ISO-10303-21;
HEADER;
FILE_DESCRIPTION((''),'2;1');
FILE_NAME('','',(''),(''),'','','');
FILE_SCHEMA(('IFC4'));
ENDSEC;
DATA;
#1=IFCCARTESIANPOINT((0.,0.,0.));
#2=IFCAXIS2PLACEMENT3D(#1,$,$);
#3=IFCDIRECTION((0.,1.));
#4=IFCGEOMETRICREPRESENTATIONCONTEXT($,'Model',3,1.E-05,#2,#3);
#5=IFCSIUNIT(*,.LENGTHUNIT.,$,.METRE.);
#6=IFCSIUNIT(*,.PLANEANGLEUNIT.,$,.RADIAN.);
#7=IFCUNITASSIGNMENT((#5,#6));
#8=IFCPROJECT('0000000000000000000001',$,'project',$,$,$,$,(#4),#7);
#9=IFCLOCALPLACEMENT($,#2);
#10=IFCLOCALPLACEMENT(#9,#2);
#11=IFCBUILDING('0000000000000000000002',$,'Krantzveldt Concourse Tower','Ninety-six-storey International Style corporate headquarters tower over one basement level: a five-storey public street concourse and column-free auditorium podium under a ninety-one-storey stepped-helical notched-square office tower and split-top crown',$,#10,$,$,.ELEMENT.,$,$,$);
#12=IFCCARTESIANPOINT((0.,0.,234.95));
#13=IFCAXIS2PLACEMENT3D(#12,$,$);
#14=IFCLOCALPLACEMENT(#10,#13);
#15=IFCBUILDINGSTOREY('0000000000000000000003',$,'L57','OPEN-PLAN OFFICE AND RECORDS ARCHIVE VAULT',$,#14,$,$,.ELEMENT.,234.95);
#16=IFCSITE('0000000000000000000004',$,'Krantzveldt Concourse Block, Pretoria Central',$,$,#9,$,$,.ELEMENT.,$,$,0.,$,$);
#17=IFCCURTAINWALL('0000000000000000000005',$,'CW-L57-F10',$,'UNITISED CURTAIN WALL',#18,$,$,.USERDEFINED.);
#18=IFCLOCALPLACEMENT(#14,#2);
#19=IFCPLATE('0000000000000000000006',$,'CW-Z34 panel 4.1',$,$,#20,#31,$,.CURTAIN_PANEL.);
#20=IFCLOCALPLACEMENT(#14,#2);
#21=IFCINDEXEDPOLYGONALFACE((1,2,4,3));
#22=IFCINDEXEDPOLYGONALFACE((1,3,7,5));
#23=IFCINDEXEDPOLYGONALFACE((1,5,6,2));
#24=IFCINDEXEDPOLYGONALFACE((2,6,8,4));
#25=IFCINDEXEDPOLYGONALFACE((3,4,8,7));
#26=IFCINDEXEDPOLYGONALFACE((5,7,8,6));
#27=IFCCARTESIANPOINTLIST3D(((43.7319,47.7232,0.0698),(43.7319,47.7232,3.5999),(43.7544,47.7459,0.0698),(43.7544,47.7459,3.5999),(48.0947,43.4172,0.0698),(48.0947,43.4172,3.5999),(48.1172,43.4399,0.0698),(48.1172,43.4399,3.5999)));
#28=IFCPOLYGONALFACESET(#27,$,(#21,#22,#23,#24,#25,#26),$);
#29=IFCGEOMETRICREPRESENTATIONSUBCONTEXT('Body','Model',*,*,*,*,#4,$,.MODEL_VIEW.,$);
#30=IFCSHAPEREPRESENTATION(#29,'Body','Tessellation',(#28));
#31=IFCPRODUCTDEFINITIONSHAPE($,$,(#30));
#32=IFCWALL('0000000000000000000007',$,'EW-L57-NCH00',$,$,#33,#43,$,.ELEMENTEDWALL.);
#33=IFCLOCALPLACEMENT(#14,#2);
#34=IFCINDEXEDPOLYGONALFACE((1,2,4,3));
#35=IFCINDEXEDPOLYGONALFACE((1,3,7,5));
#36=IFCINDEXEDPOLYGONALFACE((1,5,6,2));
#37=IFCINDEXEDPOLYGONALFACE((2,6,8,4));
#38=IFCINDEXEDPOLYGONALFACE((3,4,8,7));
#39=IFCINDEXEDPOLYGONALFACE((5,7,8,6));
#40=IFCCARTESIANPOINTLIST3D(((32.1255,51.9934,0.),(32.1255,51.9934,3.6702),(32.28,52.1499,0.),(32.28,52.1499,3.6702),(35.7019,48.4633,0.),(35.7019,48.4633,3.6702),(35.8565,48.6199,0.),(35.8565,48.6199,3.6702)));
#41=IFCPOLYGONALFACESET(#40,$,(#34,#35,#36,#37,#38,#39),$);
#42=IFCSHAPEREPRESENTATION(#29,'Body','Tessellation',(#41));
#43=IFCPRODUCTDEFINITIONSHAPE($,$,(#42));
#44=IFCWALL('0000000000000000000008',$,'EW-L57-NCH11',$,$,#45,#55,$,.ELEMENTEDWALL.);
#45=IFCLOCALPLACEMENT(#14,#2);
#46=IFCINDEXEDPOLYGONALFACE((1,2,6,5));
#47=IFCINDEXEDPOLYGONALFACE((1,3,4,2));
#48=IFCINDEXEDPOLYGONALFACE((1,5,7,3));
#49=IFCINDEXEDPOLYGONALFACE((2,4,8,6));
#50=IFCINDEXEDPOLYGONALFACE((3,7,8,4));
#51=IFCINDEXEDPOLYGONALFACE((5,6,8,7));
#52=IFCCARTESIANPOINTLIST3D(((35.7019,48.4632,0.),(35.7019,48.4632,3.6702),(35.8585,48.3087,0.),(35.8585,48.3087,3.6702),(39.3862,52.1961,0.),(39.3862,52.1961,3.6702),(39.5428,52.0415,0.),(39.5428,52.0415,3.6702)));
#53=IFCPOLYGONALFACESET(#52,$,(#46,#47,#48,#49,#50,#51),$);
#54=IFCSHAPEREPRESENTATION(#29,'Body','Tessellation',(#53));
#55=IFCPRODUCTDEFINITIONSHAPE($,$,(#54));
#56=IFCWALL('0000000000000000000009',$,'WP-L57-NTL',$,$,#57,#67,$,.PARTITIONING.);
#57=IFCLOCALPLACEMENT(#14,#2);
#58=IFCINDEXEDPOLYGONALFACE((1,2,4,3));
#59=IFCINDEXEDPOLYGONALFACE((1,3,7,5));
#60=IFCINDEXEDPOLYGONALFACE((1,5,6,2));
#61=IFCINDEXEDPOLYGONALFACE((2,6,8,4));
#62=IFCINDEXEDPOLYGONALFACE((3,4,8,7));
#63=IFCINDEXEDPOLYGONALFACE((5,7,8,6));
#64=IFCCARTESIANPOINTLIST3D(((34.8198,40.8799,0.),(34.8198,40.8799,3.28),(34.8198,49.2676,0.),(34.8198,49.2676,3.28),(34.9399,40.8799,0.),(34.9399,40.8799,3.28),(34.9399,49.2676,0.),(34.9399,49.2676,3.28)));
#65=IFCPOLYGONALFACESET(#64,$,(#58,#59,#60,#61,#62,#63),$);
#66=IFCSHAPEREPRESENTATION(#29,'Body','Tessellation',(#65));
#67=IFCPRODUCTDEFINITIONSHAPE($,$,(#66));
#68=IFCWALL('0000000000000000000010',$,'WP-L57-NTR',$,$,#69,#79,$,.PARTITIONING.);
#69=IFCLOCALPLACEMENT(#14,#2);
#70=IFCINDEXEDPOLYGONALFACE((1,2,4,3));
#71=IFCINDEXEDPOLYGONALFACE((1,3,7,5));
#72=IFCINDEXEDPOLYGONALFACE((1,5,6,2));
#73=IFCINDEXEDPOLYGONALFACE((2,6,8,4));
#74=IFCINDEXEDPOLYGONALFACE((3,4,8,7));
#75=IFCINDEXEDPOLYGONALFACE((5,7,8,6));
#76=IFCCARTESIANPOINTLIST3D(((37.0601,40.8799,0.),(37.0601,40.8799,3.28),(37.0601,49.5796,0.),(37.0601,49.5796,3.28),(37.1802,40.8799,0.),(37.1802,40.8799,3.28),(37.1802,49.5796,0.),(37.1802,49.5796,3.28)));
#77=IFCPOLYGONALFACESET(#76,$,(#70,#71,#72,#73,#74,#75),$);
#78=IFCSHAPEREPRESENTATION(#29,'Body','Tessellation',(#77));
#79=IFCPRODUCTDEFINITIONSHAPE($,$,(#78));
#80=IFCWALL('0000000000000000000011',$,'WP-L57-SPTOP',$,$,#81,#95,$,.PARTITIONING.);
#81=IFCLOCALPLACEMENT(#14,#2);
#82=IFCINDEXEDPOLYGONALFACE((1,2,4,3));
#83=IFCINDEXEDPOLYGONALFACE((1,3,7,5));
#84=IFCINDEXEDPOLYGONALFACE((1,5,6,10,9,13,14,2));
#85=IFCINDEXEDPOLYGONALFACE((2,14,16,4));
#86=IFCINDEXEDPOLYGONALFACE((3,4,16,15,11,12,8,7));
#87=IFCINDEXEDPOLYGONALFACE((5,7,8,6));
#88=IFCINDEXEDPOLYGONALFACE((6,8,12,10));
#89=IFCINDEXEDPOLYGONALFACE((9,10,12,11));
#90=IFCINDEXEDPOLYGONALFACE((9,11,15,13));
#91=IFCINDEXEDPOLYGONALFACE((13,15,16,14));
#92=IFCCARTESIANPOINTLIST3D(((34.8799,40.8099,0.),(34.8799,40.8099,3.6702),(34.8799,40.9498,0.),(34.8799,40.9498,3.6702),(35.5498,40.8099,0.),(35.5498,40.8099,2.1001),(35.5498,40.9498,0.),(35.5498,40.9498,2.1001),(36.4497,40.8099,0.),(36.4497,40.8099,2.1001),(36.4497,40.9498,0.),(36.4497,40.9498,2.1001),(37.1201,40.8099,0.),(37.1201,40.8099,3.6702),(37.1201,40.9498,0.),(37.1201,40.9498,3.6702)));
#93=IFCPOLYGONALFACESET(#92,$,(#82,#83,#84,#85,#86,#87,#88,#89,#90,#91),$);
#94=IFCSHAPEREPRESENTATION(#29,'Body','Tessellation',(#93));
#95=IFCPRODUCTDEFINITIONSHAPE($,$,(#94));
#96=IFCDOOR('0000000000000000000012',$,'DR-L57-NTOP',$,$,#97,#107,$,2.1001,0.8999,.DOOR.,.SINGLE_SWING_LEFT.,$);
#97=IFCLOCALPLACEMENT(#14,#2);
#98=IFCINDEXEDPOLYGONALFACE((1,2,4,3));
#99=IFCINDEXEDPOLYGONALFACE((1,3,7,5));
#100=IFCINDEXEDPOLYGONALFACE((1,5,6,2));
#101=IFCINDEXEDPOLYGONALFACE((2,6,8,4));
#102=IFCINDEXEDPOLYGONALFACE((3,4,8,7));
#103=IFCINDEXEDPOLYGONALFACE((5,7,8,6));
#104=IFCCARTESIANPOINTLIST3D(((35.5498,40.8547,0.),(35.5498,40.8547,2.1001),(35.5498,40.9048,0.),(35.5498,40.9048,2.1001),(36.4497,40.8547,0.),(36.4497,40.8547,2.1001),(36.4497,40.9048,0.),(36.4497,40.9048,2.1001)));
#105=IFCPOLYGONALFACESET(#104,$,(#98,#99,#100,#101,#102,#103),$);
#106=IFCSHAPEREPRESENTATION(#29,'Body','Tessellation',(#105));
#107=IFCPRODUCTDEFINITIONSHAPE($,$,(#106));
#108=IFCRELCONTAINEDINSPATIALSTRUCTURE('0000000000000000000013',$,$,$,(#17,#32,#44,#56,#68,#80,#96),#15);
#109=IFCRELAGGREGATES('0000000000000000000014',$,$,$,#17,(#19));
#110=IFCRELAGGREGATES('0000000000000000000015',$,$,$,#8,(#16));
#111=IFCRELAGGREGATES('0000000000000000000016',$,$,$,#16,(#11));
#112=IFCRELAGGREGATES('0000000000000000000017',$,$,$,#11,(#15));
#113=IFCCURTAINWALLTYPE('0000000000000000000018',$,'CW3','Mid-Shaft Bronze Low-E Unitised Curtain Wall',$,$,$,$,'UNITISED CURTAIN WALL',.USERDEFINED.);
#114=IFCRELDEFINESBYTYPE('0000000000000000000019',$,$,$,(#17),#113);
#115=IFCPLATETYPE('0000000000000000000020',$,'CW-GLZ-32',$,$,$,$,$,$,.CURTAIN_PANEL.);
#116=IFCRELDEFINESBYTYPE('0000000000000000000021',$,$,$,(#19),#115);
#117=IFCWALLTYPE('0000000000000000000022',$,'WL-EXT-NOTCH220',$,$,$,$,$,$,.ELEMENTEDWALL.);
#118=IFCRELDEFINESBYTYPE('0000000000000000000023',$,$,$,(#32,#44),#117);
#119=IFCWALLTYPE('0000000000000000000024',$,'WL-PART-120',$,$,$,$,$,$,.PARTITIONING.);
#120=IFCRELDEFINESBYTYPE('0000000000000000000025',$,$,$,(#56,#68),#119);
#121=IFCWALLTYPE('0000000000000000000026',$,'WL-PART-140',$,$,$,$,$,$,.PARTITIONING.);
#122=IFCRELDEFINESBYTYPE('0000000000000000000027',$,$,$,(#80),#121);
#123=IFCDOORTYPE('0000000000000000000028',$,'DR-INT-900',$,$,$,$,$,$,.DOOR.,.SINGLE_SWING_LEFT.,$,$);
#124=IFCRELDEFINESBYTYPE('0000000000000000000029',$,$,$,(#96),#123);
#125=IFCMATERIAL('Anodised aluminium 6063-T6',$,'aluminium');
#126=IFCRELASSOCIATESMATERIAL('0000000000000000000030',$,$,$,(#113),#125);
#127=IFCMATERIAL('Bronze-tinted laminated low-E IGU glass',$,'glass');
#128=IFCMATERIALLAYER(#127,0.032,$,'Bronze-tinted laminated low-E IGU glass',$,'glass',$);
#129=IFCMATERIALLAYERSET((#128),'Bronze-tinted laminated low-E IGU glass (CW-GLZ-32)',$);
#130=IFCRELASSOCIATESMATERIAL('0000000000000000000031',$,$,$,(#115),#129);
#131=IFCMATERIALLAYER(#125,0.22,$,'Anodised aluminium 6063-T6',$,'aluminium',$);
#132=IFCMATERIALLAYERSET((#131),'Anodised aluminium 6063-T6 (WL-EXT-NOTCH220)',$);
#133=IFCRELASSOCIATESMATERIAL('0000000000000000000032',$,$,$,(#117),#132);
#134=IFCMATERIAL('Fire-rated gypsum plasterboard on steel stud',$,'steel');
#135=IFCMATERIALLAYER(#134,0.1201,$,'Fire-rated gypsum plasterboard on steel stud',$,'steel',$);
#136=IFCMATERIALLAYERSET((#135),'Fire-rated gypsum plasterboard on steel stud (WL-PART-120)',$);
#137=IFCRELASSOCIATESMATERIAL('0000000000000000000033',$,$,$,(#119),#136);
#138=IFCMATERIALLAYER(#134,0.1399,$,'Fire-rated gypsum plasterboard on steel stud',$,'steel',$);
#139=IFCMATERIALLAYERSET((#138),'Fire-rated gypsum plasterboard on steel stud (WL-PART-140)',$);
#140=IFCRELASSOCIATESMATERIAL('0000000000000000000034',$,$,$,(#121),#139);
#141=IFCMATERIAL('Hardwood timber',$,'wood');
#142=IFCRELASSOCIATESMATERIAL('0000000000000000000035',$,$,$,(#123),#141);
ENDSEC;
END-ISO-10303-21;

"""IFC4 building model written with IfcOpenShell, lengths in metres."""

from ifc_helpers import new_model, si_unit, direction, frame, frame_2d, origin, origin_2d, place, context, subcontext, project, spatial, rectangle, extrude, source, transform, mapped, material, layer, layer_set, type_object, element, fill, aggregate, save


model = new_model("IFC4")

# Units and contexts
model_context = context("Model", 3, precision=1e-05, world=origin(), true_north=direction((0.0, 1.0)))
body_context = subcontext(model_context, "Body", "Model", "MODEL_VIEW")
ifc_project = project(units=[si_unit("LENGTHUNIT", "METRE"), si_unit("PLANEANGLEUNIT", "RADIAN")], contexts=[model_context])

# Site, building, storey
site_placement = place(None, origin())
site = spatial("IfcSite", under=ifc_project, at=site_placement, Name="Krantzveldt Concourse Block, Pretoria Central", CompositionType="ELEMENT", RefElevation=0.0)
building_placement = place(site_placement, origin())
building = spatial("IfcBuilding", under=site, at=building_placement, Name="Krantzveldt Concourse Tower", Description="Ninety-six-storey International Style corporate headquarters tower over one basement level: a five-storey public street concourse and column-free auditorium podium under a ninety-one-storey stepped-helical notched-square office tower and split-top crown", CompositionType="ELEMENT")
storey_placement = place(building_placement, frame((0.0, 0.0, 234.95)))
storey = spatial("IfcBuildingStorey", under=building, at=storey_placement, Name="L57", Description="OPEN-PLAN OFFICE AND RECORDS ARCHIVE VAULT", CompositionType="ELEMENT", Elevation=234.95)

# Curtain wall, plate
ifc_material_1 = material(Name="Anodised aluminium 6063-T6", Category="aluminium")
curtain_wall_type = type_object("IfcCurtainWallType", Name="CW3", Description="Mid-Shaft Bronze Low-E Unitised Curtain Wall", ElementType="UNITISED CURTAIN WALL", PredefinedType="USERDEFINED", material=ifc_material_1)
curtain_wall_placement = place(storey_placement, origin())
curtain_wall = element("IfcCurtainWall", 1, at=curtain_wall_placement, inside=storey, type_object=curtain_wall_type, Name="CW-L57-F10", ObjectType="UNITISED CURTAIN WALL", PredefinedType="USERDEFINED")
ifc_material_2 = material(Name="Bronze-tinted laminated low-E IGU glass", Category="glass")
ifc_layer_1 = layer(ifc_material_2, 0.032, Name="Bronze-tinted laminated low-E IGU glass", Category="glass")
ifc_layer_set_1 = layer_set([ifc_layer_1], Name="Bronze-tinted laminated low-E IGU glass (CW-GLZ-32)")
plate_type = type_object("IfcPlateType", Name="CW-GLZ-32", PredefinedType="CURTAIN_PANEL", material=ifc_layer_set_1)
shared_shape_1 = source(origin(), body_context, "Body", "SweptSolid", [
    extrude(rectangle(XDim=6.1299, YDim=0.032, at=origin_2d()), origin(), (0.0, 0.0, 1.0), 3.53),
])
plate_1_placement = place(storey_placement, frame((45.9246, 45.5815, 0.0698), z_axis=(0.0, 0.0, 1.0), x_axis=(-0.71172, 0.702464, 0.0)))
plate_1 = element("IfcPlate", 2, at=plate_1_placement, type_object=plate_type, Name="CW-Z34 panel 4.1", PredefinedType="CURTAIN_PANEL", context=body_context, shape_type="MappedRepresentation", body=[
    mapped(shared_shape_1, transform((0.0, 0.0, 0.0), x_axis=(1.0, 0.0, 0.0), y_axis=(0.0, 1.0, 0.0), z_axis=(0.0, 0.0, 1.0), scale=1.0)),
])
aggregate(curtain_wall, [plate_1])

# Walls
ifc_layer_2 = layer(ifc_material_1, 0.22, Name="Anodised aluminium 6063-T6", Category="aluminium")
ifc_layer_set_2 = layer_set([ifc_layer_2], Name="Anodised aluminium 6063-T6 (WL-EXT-NOTCH220)")
wall_type_1 = type_object("IfcWallType", Name="WL-EXT-NOTCH220", PredefinedType="ELEMENTEDWALL", material=ifc_layer_set_2)
wall_1_placement = place(storey_placement, frame((35.7793, 48.5415, 0.0), z_axis=(0.0, 0.0, 1.0), x_axis=(-0.711707, 0.702476, 0.0)))
element("IfcWall", 3, at=wall_1_placement, inside=storey, type_object=wall_type_1, Name="EW-L57-NCH00", PredefinedType="ELEMENTEDWALL", context=body_context, shape_type="SweptSolid", body=[
    extrude(rectangle(XDim=5.0251, YDim=0.22, at=frame_2d((2.5127, 0.0))), origin(), (0.0, 0.0, 1.0), 3.6702),
])
wall_2_placement = place(storey_placement, frame((39.4646, 52.1189, 0.0), z_axis=(0.0, 0.0, 1.0), x_axis=(-0.70246, -0.711723, 0.0)))
element("IfcWall", 4, at=wall_2_placement, inside=storey, type_object=wall_type_1, Name="EW-L57-NCH11", PredefinedType="ELEMENTEDWALL", context=body_context, shape_type="SweptSolid", body=[
    extrude(rectangle(XDim=5.2449, YDim=0.22, at=frame_2d((2.6226, 0.0))), origin(), (0.0, 0.0, 1.0), 3.6702),
])
ifc_material_3 = material(Name="Fire-rated gypsum plasterboard on steel stud", Category="steel")
ifc_layer_3 = layer(ifc_material_3, 0.1201, Name="Fire-rated gypsum plasterboard on steel stud", Category="steel")
ifc_layer_set_3 = layer_set([ifc_layer_3], Name="Fire-rated gypsum plasterboard on steel stud (WL-PART-120)")
wall_type_2 = type_object("IfcWallType", Name="WL-PART-120", PredefinedType="PARTITIONING", material=ifc_layer_set_3)
wall_3_placement = place(storey_placement, frame((34.8799, 40.8799, 0.0), z_axis=(0.0, 0.0, 1.0), x_axis=(0.0, 1.0, 0.0)))
element("IfcWall", 5, at=wall_3_placement, inside=storey, type_object=wall_type_2, Name="WP-L57-NTL", PredefinedType="PARTITIONING", context=body_context, shape_type="SweptSolid", body=[
    extrude(rectangle(XDim=8.3877, YDim=0.1201, at=frame_2d((4.1938, 0.0))), origin(), (0.0, 0.0, 1.0), 3.28),
])
wall_4_placement = place(storey_placement, frame((37.1201, 40.8799, 0.0), z_axis=(0.0, 0.0, 1.0), x_axis=(0.0, 1.0, 0.0)))
element("IfcWall", 6, at=wall_4_placement, inside=storey, type_object=wall_type_2, Name="WP-L57-NTR", PredefinedType="PARTITIONING", context=body_context, shape_type="SweptSolid", body=[
    extrude(rectangle(XDim=8.6997, YDim=0.1201, at=frame_2d((4.3499, 0.0))), origin(), (0.0, 0.0, 1.0), 3.28),
])

# Wall, opening, door
ifc_layer_4 = layer(ifc_material_3, 0.1399, Name="Fire-rated gypsum plasterboard on steel stud", Category="steel")
ifc_layer_set_4 = layer_set([ifc_layer_4], Name="Fire-rated gypsum plasterboard on steel stud (WL-PART-140)")
wall_type_3 = type_object("IfcWallType", Name="WL-PART-140", PredefinedType="PARTITIONING", material=ifc_layer_set_4)
wall_5_placement = place(storey_placement, frame((34.8799, 40.8799, 0.0), z_axis=(0.0, 0.0, 1.0), x_axis=(1.0, 0.0, 0.0)))
wall_5 = element("IfcWall", 7, at=wall_5_placement, inside=storey, type_object=wall_type_3, Name="WP-L57-SPTOP", PredefinedType="PARTITIONING", context=body_context, shape_type="SweptSolid", body=[
    extrude(rectangle(XDim=2.2402, YDim=0.1399, at=frame_2d((1.1201, 0.0))), origin(), (0.0, 0.0, 1.0), 3.6702),
])
opening_placement = place(wall_5_placement, frame((0.6699, 0.0, 0.0)))
opening = element("IfcOpeningElement", 8, at=opening_placement, cuts=wall_5, PredefinedType="OPENING", context=body_context, shape_type="SweptSolid", body=[
    extrude(rectangle(XDim=0.8999, YDim=2.1001, at=frame_2d((0.45, 1.05))), frame((0.0, 0.0801, 0.0), z_axis=(0.0, -1.0, 0.0), x_axis=(1.0, 0.0, 0.0)), (0.0, 0.0, 1.0), 0.1599),
])
ifc_material_4 = material(Name="Hardwood timber", Category="wood")
door_type = type_object("IfcDoorType", Name="DR-INT-900", OperationType="SINGLE_SWING_LEFT", PredefinedType="DOOR", material=ifc_material_4)
door_placement = place(opening_placement, origin())
door = element("IfcDoor", 9, at=door_placement, inside=storey, type_object=door_type, Name="DR-L57-NTOP", OperationType="SINGLE_SWING_LEFT", OverallHeight=2.1001, OverallWidth=0.8999, PredefinedType="DOOR", context=body_context, shape_type="SweptSolid", body=[
    extrude(rectangle(XDim=0.8999, YDim=2.1001, at=frame_2d((0.45, 1.05))), frame((0.0, 0.0249, 0.0), z_axis=(0.0, -1.0, 0.0), x_axis=(1.0, 0.0, 0.0)), (0.0, 0.0, 1.0), 0.05),
])
fill(opening, door)

save(model, "model.ifc")
